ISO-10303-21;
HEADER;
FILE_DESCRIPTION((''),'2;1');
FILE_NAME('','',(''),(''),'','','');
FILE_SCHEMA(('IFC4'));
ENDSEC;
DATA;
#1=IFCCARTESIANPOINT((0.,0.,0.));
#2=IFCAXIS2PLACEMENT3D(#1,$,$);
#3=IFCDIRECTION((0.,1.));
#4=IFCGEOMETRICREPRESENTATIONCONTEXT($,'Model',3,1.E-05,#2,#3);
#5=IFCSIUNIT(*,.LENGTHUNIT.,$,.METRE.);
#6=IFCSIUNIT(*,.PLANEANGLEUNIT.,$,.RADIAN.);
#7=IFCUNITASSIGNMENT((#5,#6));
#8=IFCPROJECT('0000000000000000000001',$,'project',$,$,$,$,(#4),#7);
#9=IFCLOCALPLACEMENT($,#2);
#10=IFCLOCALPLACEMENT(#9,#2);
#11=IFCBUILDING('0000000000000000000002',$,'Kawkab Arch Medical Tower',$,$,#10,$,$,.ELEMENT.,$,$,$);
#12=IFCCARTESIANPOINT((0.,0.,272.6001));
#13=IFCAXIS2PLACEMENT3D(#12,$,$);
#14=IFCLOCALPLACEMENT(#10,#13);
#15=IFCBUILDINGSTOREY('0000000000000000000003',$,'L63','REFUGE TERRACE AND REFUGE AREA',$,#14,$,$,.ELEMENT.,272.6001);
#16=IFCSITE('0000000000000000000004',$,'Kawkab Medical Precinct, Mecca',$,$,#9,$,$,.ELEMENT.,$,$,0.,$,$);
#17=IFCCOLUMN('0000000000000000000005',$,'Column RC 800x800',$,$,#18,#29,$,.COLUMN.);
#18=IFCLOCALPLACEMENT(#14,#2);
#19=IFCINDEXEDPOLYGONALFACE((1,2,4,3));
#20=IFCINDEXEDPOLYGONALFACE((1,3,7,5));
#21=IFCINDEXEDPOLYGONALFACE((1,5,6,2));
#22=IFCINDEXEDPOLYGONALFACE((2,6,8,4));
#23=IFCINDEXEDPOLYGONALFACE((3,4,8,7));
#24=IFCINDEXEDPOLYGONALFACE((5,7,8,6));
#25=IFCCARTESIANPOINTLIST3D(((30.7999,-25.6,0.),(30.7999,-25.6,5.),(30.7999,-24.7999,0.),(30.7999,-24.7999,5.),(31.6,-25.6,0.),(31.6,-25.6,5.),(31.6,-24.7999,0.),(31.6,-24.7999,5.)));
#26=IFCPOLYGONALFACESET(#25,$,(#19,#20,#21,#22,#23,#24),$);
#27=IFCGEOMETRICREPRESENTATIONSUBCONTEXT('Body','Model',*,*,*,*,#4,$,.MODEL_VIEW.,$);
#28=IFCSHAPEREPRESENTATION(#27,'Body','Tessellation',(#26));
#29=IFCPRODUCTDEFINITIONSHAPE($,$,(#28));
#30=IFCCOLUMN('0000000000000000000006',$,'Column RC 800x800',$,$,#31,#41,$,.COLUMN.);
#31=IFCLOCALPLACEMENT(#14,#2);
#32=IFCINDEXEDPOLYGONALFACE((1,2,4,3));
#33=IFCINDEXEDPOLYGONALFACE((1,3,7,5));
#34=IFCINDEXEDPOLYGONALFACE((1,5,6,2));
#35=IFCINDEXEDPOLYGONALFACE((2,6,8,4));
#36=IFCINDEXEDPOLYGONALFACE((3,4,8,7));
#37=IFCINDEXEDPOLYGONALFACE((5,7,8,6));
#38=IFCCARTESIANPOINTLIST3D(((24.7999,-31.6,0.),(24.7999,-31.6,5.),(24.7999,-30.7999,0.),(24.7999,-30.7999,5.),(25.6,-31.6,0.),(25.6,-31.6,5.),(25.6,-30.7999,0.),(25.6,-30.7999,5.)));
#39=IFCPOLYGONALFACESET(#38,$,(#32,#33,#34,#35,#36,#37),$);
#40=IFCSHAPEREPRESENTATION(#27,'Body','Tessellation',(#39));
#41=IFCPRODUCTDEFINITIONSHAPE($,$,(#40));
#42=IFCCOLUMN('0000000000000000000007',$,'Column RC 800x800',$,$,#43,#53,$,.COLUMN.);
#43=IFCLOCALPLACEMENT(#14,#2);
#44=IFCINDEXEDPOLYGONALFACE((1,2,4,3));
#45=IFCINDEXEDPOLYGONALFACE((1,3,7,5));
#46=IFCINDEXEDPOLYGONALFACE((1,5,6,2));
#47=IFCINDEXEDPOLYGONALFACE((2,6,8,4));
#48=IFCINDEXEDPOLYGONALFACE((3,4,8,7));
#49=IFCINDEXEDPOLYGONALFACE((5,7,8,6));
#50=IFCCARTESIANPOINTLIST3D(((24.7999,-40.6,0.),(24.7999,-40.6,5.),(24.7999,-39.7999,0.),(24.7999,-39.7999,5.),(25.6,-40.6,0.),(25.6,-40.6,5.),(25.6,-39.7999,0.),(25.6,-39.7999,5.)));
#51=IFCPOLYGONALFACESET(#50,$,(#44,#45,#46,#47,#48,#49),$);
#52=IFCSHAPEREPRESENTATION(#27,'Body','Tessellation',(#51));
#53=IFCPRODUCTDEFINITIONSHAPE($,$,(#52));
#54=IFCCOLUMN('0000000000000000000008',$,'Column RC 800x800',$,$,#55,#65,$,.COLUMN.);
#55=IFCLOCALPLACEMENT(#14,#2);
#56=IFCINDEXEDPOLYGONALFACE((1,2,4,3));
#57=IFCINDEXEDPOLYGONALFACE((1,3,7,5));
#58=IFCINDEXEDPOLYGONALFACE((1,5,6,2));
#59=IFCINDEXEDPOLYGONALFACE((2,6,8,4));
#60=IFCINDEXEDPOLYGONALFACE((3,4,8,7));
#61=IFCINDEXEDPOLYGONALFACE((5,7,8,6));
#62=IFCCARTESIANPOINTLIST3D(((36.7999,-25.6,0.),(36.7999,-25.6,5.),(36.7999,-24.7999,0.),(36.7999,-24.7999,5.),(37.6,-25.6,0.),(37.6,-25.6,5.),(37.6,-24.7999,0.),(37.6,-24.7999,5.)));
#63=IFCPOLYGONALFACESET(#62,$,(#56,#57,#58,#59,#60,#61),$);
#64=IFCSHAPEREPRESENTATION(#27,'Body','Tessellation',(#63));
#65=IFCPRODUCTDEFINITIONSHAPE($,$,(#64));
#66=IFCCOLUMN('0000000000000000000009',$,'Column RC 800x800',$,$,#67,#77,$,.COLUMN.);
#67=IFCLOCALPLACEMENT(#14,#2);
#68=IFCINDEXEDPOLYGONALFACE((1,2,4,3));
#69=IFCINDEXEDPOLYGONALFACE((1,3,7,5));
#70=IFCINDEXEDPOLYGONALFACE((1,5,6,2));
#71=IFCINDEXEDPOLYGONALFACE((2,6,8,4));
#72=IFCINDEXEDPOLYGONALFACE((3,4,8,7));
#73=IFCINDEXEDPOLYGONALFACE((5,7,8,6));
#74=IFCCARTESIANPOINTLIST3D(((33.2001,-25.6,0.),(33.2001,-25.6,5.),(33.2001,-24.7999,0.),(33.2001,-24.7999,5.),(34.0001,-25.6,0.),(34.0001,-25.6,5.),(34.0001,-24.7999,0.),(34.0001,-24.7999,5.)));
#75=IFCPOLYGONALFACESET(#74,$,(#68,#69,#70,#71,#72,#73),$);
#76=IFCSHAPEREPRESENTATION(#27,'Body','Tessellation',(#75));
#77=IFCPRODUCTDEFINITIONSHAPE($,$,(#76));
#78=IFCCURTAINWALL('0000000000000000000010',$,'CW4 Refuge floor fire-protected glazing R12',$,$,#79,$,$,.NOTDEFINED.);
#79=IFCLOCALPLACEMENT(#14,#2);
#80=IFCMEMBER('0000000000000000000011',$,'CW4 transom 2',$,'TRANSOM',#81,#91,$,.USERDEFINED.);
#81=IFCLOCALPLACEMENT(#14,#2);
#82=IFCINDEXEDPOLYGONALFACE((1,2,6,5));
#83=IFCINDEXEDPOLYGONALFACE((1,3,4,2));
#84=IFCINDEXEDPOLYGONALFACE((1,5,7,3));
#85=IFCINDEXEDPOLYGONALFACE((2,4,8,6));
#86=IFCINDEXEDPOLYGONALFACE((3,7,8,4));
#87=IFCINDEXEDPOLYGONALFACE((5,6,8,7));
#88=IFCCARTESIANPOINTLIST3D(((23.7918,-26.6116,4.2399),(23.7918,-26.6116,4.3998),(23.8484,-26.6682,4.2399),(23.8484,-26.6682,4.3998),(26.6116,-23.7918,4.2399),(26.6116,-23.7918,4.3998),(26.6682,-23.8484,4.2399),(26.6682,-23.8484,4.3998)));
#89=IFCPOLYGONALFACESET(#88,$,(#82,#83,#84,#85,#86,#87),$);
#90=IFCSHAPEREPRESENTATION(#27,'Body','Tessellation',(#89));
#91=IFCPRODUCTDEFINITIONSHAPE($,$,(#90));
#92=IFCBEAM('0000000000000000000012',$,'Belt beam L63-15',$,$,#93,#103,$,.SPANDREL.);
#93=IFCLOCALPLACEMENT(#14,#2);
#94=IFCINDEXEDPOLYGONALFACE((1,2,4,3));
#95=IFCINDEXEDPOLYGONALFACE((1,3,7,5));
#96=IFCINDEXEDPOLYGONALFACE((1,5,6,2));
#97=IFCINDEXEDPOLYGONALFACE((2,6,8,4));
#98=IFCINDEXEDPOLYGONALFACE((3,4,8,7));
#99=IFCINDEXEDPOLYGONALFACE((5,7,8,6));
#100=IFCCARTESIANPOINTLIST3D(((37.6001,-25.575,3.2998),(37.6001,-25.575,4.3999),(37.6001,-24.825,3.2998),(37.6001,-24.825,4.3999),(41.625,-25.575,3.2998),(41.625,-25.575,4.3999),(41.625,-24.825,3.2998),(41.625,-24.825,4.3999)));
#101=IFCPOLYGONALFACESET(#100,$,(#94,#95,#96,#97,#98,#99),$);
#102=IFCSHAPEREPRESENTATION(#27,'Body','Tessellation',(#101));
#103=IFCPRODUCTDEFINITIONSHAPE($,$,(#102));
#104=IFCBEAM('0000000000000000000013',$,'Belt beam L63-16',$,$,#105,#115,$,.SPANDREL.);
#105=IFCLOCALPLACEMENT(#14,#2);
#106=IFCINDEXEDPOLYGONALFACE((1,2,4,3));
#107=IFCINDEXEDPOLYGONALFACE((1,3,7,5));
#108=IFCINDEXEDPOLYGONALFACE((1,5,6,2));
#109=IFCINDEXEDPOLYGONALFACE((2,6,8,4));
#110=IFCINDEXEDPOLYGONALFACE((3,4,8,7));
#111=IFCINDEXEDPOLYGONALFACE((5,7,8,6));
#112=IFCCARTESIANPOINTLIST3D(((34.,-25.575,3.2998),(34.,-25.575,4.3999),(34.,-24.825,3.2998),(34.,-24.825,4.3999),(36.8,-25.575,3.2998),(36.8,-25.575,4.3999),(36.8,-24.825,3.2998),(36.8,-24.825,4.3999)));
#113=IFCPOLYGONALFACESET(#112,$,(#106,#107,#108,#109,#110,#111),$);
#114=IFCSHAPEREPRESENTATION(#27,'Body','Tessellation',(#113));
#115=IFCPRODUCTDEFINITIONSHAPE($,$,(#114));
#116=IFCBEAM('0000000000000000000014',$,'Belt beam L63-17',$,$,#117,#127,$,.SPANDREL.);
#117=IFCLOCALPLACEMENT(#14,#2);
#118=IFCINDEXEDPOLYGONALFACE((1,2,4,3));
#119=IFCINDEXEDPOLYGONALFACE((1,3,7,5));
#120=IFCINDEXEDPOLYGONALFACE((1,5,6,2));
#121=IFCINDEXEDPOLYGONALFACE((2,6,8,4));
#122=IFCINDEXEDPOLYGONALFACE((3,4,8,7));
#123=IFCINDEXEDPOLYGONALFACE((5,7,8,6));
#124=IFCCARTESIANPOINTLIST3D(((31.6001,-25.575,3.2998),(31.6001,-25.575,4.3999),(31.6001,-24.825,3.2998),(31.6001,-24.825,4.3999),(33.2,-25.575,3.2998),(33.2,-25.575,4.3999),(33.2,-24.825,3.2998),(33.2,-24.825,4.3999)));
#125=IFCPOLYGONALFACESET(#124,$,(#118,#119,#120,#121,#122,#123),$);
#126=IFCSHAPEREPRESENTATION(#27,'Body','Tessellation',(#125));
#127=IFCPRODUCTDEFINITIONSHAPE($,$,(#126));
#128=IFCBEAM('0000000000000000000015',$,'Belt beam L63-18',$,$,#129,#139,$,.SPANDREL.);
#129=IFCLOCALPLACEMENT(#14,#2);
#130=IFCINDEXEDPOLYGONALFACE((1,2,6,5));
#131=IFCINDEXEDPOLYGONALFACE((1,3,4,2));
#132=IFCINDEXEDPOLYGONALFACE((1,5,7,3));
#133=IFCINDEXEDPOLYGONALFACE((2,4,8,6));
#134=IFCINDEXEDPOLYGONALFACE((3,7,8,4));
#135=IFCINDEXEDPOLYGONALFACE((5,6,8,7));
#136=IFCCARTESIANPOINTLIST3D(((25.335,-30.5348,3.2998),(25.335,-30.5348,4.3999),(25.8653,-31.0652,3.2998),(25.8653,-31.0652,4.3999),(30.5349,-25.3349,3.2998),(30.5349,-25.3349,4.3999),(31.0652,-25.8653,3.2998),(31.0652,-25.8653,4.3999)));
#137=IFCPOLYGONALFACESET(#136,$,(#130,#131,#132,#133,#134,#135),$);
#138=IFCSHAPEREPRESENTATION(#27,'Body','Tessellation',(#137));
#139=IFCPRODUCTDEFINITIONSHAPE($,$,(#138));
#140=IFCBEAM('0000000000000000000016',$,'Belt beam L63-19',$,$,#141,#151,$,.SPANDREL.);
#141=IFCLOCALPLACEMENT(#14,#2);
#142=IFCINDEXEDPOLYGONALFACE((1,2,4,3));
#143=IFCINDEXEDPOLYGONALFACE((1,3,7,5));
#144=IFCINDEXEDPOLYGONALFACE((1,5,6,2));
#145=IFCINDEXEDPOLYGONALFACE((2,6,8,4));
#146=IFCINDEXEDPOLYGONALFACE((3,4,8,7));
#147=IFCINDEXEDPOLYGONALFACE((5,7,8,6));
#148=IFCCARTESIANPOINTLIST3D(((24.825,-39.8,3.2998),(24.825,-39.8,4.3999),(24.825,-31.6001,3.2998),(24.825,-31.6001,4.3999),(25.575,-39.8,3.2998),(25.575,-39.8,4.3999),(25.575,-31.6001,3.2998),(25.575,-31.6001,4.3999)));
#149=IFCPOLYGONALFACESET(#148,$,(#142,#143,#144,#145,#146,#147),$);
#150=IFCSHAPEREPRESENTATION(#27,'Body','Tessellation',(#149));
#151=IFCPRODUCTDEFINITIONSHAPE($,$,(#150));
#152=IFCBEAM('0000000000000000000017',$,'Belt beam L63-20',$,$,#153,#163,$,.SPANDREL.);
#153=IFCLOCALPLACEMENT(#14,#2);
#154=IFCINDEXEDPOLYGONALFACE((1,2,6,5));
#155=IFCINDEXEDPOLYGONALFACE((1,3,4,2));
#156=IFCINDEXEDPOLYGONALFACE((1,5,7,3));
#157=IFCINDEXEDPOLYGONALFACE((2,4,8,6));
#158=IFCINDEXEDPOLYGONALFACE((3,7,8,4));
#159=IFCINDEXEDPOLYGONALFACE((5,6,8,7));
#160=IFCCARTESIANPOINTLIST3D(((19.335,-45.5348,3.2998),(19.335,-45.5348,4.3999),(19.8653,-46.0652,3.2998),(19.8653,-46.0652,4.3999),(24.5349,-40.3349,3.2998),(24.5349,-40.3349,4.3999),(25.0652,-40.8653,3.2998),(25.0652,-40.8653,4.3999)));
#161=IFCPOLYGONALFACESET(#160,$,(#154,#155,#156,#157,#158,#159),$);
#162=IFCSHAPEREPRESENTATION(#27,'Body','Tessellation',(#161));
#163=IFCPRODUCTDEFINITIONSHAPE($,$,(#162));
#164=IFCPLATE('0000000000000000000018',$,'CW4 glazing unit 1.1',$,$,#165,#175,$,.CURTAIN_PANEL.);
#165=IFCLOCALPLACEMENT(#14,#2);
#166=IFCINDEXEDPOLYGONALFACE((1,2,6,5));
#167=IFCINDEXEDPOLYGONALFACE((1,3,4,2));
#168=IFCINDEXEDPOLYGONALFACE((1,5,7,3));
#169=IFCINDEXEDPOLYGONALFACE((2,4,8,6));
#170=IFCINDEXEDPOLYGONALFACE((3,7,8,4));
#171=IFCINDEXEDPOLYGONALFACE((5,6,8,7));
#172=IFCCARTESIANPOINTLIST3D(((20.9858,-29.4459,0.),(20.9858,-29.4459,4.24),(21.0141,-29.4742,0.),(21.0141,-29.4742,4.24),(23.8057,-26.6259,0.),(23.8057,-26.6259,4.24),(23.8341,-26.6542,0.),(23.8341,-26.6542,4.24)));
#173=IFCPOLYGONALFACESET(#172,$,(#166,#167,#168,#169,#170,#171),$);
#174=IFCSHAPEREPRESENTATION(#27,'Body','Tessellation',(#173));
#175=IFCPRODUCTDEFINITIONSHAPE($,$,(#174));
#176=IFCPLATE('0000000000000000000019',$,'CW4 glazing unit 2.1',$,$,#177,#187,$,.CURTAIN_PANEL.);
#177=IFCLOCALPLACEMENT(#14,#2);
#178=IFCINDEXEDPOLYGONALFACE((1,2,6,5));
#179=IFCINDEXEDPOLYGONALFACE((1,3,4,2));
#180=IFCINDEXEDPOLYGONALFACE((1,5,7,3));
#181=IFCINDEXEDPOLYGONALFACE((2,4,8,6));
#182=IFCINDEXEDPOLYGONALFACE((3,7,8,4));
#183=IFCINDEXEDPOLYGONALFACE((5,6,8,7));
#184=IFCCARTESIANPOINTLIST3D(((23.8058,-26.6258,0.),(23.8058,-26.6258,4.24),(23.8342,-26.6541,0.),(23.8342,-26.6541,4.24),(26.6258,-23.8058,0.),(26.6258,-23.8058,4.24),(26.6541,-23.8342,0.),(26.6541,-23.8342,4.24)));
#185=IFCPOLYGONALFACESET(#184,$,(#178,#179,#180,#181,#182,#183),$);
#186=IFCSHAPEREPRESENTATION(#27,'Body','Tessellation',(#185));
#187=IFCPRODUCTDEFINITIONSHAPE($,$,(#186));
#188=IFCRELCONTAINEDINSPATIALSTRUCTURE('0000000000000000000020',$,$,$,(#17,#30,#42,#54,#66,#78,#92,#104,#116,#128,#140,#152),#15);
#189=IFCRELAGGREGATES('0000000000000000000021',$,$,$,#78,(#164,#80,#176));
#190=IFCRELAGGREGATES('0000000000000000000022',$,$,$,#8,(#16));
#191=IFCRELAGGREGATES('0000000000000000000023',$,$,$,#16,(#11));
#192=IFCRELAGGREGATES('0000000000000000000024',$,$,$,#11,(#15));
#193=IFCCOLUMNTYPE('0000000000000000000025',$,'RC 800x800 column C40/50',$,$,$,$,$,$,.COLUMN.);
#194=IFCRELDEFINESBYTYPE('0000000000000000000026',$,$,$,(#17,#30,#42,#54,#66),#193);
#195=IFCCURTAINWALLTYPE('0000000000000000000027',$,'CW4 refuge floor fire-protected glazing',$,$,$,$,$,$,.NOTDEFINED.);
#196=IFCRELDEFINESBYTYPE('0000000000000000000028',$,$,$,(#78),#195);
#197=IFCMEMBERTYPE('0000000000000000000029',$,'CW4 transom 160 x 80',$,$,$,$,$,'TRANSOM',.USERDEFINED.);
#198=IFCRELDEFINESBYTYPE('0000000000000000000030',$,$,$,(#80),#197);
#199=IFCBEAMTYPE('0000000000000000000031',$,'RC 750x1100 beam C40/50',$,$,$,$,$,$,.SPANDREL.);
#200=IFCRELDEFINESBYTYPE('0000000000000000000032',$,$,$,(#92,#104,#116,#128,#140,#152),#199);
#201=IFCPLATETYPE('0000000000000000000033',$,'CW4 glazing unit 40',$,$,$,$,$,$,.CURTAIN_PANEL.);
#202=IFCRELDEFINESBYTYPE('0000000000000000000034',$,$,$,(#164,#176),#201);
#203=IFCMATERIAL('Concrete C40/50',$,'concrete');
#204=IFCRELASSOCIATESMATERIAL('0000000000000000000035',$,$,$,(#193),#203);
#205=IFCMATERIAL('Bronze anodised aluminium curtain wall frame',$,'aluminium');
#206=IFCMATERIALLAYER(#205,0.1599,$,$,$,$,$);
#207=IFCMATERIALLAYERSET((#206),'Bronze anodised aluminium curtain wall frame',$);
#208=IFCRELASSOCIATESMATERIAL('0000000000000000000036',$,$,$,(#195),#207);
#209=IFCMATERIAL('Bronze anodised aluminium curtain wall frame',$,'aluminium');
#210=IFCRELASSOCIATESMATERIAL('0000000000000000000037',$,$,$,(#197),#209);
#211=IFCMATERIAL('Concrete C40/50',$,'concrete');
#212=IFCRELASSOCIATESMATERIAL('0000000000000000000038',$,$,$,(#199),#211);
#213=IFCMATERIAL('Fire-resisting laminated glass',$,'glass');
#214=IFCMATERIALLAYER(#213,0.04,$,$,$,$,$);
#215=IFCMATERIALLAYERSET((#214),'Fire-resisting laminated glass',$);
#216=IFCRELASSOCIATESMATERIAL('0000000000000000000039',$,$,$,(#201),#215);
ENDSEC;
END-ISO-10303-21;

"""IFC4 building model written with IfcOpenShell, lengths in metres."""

from ifc_helpers import new_model, si_unit, direction, frame, origin, origin_2d, place, context, subcontext, project, spatial, rectangle, extrude, material, layer, layer_set, material_profile, profile_set, type_object, element, aggregate, save


model = new_model("IFC4")

# Units and contexts
model_context = context("Model", 3, precision=1e-05, world=origin(), true_north=direction((0.0, 1.0)))
body_context = subcontext(model_context, "Body", "Model", "MODEL_VIEW")
ifc_project = project(units=[si_unit("LENGTHUNIT", "METRE"), si_unit("PLANEANGLEUNIT", "RADIAN")], contexts=[model_context])

# Site, building, storey
site_placement = place(None, origin())
site = spatial("IfcSite", under=ifc_project, at=site_placement, Name="Kawkab Medical Precinct, Mecca", CompositionType="ELEMENT", RefElevation=0.0)
building_placement = place(site_placement, origin())
building = spatial("IfcBuilding", under=site, at=building_placement, Name="Kawkab Arch Medical Tower", CompositionType="ELEMENT")
storey_placement = place(building_placement, frame((0.0, 0.0, 272.6001)))
storey = spatial("IfcBuildingStorey", under=building, at=storey_placement, Name="L63", Description="REFUGE TERRACE AND REFUGE AREA", CompositionType="ELEMENT", Elevation=272.6001)

# Columns
ifc_material_1 = material(Name="Concrete C40/50", Category="concrete")
ifc_material_profile_1 = material_profile(ifc_material_1, rectangle(XDim=0.8, YDim=0.8, at=origin_2d()), Name="RC 800x800")
ifc_profile_set_1 = profile_set([ifc_material_profile_1], Name="Concrete C40/50")
column_type = type_object("IfcColumnType", Name="RC 800x800 column C40/50", PredefinedType="COLUMN", material=ifc_profile_set_1)
for number, where, z_axis, x_axis, name in (
    (1, (31.2, -25.2, 0.0), (0.0, 0.0, 1.0), (1.0, 0.0, 0.0), "Column RC 800x800"),
    (2, (25.2, -31.2, 0.0), (0.0, 0.0, 1.0), (1.0, 0.0, 0.0), "Column RC 800x800"),
    (3, (25.2, -40.2, 0.0), (0.0, 0.0, 1.0), (1.0, 0.0, 0.0), "Column RC 800x800"),
    (4, (37.2, -25.2, 0.0), (0.0, 0.0, 1.0), (1.0, 0.0, 0.0), "Column RC 800x800"),
    (5, (33.6001, -25.2, 0.0), (0.0, 0.0, 1.0), (1.0, 0.0, 0.0), "Column RC 800x800"),
):
    element("IfcColumn", number, at=place(storey_placement, frame(where, z_axis=z_axis, x_axis=x_axis)), inside=storey, type_object=column_type, Name=name, PredefinedType="COLUMN", context=body_context, shape_type="SweptSolid", body=[
        extrude(rectangle(XDim=0.8, YDim=0.8, at=origin_2d()), origin(), (0.0, 0.0, 1.0), 5.0),
    ])

# Curtain wall, member
ifc_material_2 = material(Name="Bronze anodised aluminium curtain wall frame", Category="aluminium")
ifc_layer_1 = layer(ifc_material_2, 0.1599)
ifc_layer_set_1 = layer_set([ifc_layer_1], Name="Bronze anodised aluminium curtain wall frame")
curtain_wall_type = type_object("IfcCurtainWallType", Name="CW4 refuge floor fire-protected glazing", PredefinedType="NOTDEFINED", material=ifc_layer_set_1)
curtain_wall_placement = place(storey_placement, origin())
curtain_wall = element("IfcCurtainWall", 6, at=curtain_wall_placement, inside=storey, type_object=curtain_wall_type, Name="CW4 Refuge floor fire-protected glazing R12", PredefinedType="NOTDEFINED")
ifc_material_3 = material(Name="Bronze anodised aluminium curtain wall frame", Category="aluminium")
ifc_material_profile_2 = material_profile(ifc_material_3, rectangle(XDim=0.0801, YDim=0.1599, at=origin_2d()), Name="AL 80x160")
ifc_profile_set_2 = profile_set([ifc_material_profile_2], Name="Bronze anodised aluminium curtain wall frame")
member_type = type_object("IfcMemberType", Name="CW4 transom 160 x 80", ElementType="TRANSOM", PredefinedType="USERDEFINED", material=ifc_profile_set_2)
member_placement = place(storey_placement, frame((23.8201, -26.6399, 4.3198), z_axis=(0.707107, 0.707107, 0.0), x_axis=(-0.707107, 0.707107, 0.0)))
member = element("IfcMember", 7, at=member_placement, type_object=member_type, Name="CW4 transom 2", ObjectType="TRANSOM", PredefinedType="USERDEFINED", context=body_context, shape_type="SweptSolid", body=[
    extrude(rectangle(XDim=0.0801, YDim=0.1599, at=origin_2d()), origin(), (0.0, 0.0, 1.0), 3.9878),
])

# Beams
ifc_material_4 = material(Name="Concrete C40/50", Category="concrete")
ifc_material_profile_3 = material_profile(ifc_material_4, rectangle(XDim=0.75, YDim=1.1001, at=origin_2d()), Name="RC 750x1100")
ifc_profile_set_3 = profile_set([ifc_material_profile_3], Name="Concrete C40/50")
beam_type = type_object("IfcBeamType", Name="RC 750x1100 beam C40/50", PredefinedType="SPANDREL", material=ifc_profile_set_3)
beam_1_placement = place(storey_placement, frame((41.625, -25.2, 3.8499), z_axis=(-1.0, 0.0, 0.0), x_axis=(0.0, -1.0, 0.0)))
element("IfcBeam", 8, at=beam_1_placement, inside=storey, type_object=beam_type, Name="Belt beam L63-15", PredefinedType="SPANDREL", context=body_context, shape_type="SweptSolid", body=[
    extrude(rectangle(XDim=0.75, YDim=1.1001, at=origin_2d()), origin(), (0.0, 0.0, 1.0), 4.0249),
])
beam_2_placement = place(storey_placement, frame((36.8, -25.2, 3.8499), z_axis=(-1.0, 0.0, 0.0), x_axis=(0.0, -1.0, 0.0)))
element("IfcBeam", 9, at=beam_2_placement, inside=storey, type_object=beam_type, Name="Belt beam L63-16", PredefinedType="SPANDREL", context=body_context, shape_type="SweptSolid", body=[
    extrude(rectangle(XDim=0.75, YDim=1.1001, at=origin_2d()), origin(), (0.0, 0.0, 1.0), 2.8),
])
beam_3_placement = place(storey_placement, frame((33.2, -25.2, 3.8499), z_axis=(-1.0, 0.0, 0.0), x_axis=(0.0, -1.0, 0.0)))
element("IfcBeam", 10, at=beam_3_placement, inside=storey, type_object=beam_type, Name="Belt beam L63-17", PredefinedType="SPANDREL", context=body_context, shape_type="SweptSolid", body=[
    extrude(rectangle(XDim=0.75, YDim=1.1001, at=origin_2d()), origin(), (0.0, 0.0, 1.0), 1.5999),
])
beam_4_placement = place(storey_placement, frame((30.8, -25.6001, 3.8499), z_axis=(-0.707107, -0.707107, 0.0), x_axis=(0.707107, -0.707107, 0.0)))
element("IfcBeam", 11, at=beam_4_placement, inside=storey, type_object=beam_type, Name="Belt beam L63-18", PredefinedType="SPANDREL", context=body_context, shape_type="SweptSolid", body=[
    extrude(rectangle(XDim=0.75, YDim=1.1001, at=origin_2d()), origin(), (0.0, 0.0, 1.0), 7.3538),
])
beam_5_placement = place(storey_placement, frame((25.2, -31.6001, 3.8499), z_axis=(0.0, -1.0, 0.0), x_axis=(1.0, 0.0, 0.0)))
element("IfcBeam", 12, at=beam_5_placement, inside=storey, type_object=beam_type, Name="Belt beam L63-19", PredefinedType="SPANDREL", context=body_context, shape_type="SweptSolid", body=[
    extrude(rectangle(XDim=0.75, YDim=1.1001, at=origin_2d()), origin(), (0.0, 0.0, 1.0), 8.2),
])
beam_6_placement = place(storey_placement, frame((24.8, -40.6001, 3.8499), z_axis=(-0.707107, -0.707107, 0.0), x_axis=(0.707107, -0.707107, 0.0)))
element("IfcBeam", 13, at=beam_6_placement, inside=storey, type_object=beam_type, Name="Belt beam L63-20", PredefinedType="SPANDREL", context=body_context, shape_type="SweptSolid", body=[
    extrude(rectangle(XDim=0.75, YDim=1.1001, at=origin_2d()), origin(), (0.0, 0.0, 1.0), 7.3538),
])

# Plates
ifc_material_5 = material(Name="Fire-resisting laminated glass", Category="glass")
ifc_layer_2 = layer(ifc_material_5, 0.04)
ifc_layer_set_2 = layer_set([ifc_layer_2], Name="Fire-resisting laminated glass")
plate_type = type_object("IfcPlateType", Name="CW4 glazing unit 40", PredefinedType="CURTAIN_PANEL", material=ifc_layer_set_2)
plate_1_placement = place(storey_placement, frame((22.4099, -28.05, 0.0), z_axis=(0.0, 0.0, 1.0), x_axis=(0.707107, 0.707107, 0.0)))
plate_1 = element("IfcPlate", 14, at=plate_1_placement, type_object=plate_type, Name="CW4 glazing unit 1.1", PredefinedType="CURTAIN_PANEL", context=body_context, shape_type="SweptSolid", body=[
    extrude(rectangle(XDim=3.988, YDim=0.04, at=origin_2d()), origin(), (0.0, 0.0, 1.0), 4.24),
])
plate_2_placement = place(storey_placement, frame((25.23, -25.23, 0.0), z_axis=(0.0, 0.0, 1.0), x_axis=(0.707107, 0.707107, 0.0)))
plate_2 = element("IfcPlate", 15, at=plate_2_placement, type_object=plate_type, Name="CW4 glazing unit 2.1", PredefinedType="CURTAIN_PANEL", context=body_context, shape_type="SweptSolid", body=[
    extrude(rectangle(XDim=3.988, YDim=0.04, at=origin_2d()), origin(), (0.0, 0.0, 1.0), 4.24),
])
aggregate(curtain_wall, [plate_1, member, plate_2])

save(model, "model.ifc")
